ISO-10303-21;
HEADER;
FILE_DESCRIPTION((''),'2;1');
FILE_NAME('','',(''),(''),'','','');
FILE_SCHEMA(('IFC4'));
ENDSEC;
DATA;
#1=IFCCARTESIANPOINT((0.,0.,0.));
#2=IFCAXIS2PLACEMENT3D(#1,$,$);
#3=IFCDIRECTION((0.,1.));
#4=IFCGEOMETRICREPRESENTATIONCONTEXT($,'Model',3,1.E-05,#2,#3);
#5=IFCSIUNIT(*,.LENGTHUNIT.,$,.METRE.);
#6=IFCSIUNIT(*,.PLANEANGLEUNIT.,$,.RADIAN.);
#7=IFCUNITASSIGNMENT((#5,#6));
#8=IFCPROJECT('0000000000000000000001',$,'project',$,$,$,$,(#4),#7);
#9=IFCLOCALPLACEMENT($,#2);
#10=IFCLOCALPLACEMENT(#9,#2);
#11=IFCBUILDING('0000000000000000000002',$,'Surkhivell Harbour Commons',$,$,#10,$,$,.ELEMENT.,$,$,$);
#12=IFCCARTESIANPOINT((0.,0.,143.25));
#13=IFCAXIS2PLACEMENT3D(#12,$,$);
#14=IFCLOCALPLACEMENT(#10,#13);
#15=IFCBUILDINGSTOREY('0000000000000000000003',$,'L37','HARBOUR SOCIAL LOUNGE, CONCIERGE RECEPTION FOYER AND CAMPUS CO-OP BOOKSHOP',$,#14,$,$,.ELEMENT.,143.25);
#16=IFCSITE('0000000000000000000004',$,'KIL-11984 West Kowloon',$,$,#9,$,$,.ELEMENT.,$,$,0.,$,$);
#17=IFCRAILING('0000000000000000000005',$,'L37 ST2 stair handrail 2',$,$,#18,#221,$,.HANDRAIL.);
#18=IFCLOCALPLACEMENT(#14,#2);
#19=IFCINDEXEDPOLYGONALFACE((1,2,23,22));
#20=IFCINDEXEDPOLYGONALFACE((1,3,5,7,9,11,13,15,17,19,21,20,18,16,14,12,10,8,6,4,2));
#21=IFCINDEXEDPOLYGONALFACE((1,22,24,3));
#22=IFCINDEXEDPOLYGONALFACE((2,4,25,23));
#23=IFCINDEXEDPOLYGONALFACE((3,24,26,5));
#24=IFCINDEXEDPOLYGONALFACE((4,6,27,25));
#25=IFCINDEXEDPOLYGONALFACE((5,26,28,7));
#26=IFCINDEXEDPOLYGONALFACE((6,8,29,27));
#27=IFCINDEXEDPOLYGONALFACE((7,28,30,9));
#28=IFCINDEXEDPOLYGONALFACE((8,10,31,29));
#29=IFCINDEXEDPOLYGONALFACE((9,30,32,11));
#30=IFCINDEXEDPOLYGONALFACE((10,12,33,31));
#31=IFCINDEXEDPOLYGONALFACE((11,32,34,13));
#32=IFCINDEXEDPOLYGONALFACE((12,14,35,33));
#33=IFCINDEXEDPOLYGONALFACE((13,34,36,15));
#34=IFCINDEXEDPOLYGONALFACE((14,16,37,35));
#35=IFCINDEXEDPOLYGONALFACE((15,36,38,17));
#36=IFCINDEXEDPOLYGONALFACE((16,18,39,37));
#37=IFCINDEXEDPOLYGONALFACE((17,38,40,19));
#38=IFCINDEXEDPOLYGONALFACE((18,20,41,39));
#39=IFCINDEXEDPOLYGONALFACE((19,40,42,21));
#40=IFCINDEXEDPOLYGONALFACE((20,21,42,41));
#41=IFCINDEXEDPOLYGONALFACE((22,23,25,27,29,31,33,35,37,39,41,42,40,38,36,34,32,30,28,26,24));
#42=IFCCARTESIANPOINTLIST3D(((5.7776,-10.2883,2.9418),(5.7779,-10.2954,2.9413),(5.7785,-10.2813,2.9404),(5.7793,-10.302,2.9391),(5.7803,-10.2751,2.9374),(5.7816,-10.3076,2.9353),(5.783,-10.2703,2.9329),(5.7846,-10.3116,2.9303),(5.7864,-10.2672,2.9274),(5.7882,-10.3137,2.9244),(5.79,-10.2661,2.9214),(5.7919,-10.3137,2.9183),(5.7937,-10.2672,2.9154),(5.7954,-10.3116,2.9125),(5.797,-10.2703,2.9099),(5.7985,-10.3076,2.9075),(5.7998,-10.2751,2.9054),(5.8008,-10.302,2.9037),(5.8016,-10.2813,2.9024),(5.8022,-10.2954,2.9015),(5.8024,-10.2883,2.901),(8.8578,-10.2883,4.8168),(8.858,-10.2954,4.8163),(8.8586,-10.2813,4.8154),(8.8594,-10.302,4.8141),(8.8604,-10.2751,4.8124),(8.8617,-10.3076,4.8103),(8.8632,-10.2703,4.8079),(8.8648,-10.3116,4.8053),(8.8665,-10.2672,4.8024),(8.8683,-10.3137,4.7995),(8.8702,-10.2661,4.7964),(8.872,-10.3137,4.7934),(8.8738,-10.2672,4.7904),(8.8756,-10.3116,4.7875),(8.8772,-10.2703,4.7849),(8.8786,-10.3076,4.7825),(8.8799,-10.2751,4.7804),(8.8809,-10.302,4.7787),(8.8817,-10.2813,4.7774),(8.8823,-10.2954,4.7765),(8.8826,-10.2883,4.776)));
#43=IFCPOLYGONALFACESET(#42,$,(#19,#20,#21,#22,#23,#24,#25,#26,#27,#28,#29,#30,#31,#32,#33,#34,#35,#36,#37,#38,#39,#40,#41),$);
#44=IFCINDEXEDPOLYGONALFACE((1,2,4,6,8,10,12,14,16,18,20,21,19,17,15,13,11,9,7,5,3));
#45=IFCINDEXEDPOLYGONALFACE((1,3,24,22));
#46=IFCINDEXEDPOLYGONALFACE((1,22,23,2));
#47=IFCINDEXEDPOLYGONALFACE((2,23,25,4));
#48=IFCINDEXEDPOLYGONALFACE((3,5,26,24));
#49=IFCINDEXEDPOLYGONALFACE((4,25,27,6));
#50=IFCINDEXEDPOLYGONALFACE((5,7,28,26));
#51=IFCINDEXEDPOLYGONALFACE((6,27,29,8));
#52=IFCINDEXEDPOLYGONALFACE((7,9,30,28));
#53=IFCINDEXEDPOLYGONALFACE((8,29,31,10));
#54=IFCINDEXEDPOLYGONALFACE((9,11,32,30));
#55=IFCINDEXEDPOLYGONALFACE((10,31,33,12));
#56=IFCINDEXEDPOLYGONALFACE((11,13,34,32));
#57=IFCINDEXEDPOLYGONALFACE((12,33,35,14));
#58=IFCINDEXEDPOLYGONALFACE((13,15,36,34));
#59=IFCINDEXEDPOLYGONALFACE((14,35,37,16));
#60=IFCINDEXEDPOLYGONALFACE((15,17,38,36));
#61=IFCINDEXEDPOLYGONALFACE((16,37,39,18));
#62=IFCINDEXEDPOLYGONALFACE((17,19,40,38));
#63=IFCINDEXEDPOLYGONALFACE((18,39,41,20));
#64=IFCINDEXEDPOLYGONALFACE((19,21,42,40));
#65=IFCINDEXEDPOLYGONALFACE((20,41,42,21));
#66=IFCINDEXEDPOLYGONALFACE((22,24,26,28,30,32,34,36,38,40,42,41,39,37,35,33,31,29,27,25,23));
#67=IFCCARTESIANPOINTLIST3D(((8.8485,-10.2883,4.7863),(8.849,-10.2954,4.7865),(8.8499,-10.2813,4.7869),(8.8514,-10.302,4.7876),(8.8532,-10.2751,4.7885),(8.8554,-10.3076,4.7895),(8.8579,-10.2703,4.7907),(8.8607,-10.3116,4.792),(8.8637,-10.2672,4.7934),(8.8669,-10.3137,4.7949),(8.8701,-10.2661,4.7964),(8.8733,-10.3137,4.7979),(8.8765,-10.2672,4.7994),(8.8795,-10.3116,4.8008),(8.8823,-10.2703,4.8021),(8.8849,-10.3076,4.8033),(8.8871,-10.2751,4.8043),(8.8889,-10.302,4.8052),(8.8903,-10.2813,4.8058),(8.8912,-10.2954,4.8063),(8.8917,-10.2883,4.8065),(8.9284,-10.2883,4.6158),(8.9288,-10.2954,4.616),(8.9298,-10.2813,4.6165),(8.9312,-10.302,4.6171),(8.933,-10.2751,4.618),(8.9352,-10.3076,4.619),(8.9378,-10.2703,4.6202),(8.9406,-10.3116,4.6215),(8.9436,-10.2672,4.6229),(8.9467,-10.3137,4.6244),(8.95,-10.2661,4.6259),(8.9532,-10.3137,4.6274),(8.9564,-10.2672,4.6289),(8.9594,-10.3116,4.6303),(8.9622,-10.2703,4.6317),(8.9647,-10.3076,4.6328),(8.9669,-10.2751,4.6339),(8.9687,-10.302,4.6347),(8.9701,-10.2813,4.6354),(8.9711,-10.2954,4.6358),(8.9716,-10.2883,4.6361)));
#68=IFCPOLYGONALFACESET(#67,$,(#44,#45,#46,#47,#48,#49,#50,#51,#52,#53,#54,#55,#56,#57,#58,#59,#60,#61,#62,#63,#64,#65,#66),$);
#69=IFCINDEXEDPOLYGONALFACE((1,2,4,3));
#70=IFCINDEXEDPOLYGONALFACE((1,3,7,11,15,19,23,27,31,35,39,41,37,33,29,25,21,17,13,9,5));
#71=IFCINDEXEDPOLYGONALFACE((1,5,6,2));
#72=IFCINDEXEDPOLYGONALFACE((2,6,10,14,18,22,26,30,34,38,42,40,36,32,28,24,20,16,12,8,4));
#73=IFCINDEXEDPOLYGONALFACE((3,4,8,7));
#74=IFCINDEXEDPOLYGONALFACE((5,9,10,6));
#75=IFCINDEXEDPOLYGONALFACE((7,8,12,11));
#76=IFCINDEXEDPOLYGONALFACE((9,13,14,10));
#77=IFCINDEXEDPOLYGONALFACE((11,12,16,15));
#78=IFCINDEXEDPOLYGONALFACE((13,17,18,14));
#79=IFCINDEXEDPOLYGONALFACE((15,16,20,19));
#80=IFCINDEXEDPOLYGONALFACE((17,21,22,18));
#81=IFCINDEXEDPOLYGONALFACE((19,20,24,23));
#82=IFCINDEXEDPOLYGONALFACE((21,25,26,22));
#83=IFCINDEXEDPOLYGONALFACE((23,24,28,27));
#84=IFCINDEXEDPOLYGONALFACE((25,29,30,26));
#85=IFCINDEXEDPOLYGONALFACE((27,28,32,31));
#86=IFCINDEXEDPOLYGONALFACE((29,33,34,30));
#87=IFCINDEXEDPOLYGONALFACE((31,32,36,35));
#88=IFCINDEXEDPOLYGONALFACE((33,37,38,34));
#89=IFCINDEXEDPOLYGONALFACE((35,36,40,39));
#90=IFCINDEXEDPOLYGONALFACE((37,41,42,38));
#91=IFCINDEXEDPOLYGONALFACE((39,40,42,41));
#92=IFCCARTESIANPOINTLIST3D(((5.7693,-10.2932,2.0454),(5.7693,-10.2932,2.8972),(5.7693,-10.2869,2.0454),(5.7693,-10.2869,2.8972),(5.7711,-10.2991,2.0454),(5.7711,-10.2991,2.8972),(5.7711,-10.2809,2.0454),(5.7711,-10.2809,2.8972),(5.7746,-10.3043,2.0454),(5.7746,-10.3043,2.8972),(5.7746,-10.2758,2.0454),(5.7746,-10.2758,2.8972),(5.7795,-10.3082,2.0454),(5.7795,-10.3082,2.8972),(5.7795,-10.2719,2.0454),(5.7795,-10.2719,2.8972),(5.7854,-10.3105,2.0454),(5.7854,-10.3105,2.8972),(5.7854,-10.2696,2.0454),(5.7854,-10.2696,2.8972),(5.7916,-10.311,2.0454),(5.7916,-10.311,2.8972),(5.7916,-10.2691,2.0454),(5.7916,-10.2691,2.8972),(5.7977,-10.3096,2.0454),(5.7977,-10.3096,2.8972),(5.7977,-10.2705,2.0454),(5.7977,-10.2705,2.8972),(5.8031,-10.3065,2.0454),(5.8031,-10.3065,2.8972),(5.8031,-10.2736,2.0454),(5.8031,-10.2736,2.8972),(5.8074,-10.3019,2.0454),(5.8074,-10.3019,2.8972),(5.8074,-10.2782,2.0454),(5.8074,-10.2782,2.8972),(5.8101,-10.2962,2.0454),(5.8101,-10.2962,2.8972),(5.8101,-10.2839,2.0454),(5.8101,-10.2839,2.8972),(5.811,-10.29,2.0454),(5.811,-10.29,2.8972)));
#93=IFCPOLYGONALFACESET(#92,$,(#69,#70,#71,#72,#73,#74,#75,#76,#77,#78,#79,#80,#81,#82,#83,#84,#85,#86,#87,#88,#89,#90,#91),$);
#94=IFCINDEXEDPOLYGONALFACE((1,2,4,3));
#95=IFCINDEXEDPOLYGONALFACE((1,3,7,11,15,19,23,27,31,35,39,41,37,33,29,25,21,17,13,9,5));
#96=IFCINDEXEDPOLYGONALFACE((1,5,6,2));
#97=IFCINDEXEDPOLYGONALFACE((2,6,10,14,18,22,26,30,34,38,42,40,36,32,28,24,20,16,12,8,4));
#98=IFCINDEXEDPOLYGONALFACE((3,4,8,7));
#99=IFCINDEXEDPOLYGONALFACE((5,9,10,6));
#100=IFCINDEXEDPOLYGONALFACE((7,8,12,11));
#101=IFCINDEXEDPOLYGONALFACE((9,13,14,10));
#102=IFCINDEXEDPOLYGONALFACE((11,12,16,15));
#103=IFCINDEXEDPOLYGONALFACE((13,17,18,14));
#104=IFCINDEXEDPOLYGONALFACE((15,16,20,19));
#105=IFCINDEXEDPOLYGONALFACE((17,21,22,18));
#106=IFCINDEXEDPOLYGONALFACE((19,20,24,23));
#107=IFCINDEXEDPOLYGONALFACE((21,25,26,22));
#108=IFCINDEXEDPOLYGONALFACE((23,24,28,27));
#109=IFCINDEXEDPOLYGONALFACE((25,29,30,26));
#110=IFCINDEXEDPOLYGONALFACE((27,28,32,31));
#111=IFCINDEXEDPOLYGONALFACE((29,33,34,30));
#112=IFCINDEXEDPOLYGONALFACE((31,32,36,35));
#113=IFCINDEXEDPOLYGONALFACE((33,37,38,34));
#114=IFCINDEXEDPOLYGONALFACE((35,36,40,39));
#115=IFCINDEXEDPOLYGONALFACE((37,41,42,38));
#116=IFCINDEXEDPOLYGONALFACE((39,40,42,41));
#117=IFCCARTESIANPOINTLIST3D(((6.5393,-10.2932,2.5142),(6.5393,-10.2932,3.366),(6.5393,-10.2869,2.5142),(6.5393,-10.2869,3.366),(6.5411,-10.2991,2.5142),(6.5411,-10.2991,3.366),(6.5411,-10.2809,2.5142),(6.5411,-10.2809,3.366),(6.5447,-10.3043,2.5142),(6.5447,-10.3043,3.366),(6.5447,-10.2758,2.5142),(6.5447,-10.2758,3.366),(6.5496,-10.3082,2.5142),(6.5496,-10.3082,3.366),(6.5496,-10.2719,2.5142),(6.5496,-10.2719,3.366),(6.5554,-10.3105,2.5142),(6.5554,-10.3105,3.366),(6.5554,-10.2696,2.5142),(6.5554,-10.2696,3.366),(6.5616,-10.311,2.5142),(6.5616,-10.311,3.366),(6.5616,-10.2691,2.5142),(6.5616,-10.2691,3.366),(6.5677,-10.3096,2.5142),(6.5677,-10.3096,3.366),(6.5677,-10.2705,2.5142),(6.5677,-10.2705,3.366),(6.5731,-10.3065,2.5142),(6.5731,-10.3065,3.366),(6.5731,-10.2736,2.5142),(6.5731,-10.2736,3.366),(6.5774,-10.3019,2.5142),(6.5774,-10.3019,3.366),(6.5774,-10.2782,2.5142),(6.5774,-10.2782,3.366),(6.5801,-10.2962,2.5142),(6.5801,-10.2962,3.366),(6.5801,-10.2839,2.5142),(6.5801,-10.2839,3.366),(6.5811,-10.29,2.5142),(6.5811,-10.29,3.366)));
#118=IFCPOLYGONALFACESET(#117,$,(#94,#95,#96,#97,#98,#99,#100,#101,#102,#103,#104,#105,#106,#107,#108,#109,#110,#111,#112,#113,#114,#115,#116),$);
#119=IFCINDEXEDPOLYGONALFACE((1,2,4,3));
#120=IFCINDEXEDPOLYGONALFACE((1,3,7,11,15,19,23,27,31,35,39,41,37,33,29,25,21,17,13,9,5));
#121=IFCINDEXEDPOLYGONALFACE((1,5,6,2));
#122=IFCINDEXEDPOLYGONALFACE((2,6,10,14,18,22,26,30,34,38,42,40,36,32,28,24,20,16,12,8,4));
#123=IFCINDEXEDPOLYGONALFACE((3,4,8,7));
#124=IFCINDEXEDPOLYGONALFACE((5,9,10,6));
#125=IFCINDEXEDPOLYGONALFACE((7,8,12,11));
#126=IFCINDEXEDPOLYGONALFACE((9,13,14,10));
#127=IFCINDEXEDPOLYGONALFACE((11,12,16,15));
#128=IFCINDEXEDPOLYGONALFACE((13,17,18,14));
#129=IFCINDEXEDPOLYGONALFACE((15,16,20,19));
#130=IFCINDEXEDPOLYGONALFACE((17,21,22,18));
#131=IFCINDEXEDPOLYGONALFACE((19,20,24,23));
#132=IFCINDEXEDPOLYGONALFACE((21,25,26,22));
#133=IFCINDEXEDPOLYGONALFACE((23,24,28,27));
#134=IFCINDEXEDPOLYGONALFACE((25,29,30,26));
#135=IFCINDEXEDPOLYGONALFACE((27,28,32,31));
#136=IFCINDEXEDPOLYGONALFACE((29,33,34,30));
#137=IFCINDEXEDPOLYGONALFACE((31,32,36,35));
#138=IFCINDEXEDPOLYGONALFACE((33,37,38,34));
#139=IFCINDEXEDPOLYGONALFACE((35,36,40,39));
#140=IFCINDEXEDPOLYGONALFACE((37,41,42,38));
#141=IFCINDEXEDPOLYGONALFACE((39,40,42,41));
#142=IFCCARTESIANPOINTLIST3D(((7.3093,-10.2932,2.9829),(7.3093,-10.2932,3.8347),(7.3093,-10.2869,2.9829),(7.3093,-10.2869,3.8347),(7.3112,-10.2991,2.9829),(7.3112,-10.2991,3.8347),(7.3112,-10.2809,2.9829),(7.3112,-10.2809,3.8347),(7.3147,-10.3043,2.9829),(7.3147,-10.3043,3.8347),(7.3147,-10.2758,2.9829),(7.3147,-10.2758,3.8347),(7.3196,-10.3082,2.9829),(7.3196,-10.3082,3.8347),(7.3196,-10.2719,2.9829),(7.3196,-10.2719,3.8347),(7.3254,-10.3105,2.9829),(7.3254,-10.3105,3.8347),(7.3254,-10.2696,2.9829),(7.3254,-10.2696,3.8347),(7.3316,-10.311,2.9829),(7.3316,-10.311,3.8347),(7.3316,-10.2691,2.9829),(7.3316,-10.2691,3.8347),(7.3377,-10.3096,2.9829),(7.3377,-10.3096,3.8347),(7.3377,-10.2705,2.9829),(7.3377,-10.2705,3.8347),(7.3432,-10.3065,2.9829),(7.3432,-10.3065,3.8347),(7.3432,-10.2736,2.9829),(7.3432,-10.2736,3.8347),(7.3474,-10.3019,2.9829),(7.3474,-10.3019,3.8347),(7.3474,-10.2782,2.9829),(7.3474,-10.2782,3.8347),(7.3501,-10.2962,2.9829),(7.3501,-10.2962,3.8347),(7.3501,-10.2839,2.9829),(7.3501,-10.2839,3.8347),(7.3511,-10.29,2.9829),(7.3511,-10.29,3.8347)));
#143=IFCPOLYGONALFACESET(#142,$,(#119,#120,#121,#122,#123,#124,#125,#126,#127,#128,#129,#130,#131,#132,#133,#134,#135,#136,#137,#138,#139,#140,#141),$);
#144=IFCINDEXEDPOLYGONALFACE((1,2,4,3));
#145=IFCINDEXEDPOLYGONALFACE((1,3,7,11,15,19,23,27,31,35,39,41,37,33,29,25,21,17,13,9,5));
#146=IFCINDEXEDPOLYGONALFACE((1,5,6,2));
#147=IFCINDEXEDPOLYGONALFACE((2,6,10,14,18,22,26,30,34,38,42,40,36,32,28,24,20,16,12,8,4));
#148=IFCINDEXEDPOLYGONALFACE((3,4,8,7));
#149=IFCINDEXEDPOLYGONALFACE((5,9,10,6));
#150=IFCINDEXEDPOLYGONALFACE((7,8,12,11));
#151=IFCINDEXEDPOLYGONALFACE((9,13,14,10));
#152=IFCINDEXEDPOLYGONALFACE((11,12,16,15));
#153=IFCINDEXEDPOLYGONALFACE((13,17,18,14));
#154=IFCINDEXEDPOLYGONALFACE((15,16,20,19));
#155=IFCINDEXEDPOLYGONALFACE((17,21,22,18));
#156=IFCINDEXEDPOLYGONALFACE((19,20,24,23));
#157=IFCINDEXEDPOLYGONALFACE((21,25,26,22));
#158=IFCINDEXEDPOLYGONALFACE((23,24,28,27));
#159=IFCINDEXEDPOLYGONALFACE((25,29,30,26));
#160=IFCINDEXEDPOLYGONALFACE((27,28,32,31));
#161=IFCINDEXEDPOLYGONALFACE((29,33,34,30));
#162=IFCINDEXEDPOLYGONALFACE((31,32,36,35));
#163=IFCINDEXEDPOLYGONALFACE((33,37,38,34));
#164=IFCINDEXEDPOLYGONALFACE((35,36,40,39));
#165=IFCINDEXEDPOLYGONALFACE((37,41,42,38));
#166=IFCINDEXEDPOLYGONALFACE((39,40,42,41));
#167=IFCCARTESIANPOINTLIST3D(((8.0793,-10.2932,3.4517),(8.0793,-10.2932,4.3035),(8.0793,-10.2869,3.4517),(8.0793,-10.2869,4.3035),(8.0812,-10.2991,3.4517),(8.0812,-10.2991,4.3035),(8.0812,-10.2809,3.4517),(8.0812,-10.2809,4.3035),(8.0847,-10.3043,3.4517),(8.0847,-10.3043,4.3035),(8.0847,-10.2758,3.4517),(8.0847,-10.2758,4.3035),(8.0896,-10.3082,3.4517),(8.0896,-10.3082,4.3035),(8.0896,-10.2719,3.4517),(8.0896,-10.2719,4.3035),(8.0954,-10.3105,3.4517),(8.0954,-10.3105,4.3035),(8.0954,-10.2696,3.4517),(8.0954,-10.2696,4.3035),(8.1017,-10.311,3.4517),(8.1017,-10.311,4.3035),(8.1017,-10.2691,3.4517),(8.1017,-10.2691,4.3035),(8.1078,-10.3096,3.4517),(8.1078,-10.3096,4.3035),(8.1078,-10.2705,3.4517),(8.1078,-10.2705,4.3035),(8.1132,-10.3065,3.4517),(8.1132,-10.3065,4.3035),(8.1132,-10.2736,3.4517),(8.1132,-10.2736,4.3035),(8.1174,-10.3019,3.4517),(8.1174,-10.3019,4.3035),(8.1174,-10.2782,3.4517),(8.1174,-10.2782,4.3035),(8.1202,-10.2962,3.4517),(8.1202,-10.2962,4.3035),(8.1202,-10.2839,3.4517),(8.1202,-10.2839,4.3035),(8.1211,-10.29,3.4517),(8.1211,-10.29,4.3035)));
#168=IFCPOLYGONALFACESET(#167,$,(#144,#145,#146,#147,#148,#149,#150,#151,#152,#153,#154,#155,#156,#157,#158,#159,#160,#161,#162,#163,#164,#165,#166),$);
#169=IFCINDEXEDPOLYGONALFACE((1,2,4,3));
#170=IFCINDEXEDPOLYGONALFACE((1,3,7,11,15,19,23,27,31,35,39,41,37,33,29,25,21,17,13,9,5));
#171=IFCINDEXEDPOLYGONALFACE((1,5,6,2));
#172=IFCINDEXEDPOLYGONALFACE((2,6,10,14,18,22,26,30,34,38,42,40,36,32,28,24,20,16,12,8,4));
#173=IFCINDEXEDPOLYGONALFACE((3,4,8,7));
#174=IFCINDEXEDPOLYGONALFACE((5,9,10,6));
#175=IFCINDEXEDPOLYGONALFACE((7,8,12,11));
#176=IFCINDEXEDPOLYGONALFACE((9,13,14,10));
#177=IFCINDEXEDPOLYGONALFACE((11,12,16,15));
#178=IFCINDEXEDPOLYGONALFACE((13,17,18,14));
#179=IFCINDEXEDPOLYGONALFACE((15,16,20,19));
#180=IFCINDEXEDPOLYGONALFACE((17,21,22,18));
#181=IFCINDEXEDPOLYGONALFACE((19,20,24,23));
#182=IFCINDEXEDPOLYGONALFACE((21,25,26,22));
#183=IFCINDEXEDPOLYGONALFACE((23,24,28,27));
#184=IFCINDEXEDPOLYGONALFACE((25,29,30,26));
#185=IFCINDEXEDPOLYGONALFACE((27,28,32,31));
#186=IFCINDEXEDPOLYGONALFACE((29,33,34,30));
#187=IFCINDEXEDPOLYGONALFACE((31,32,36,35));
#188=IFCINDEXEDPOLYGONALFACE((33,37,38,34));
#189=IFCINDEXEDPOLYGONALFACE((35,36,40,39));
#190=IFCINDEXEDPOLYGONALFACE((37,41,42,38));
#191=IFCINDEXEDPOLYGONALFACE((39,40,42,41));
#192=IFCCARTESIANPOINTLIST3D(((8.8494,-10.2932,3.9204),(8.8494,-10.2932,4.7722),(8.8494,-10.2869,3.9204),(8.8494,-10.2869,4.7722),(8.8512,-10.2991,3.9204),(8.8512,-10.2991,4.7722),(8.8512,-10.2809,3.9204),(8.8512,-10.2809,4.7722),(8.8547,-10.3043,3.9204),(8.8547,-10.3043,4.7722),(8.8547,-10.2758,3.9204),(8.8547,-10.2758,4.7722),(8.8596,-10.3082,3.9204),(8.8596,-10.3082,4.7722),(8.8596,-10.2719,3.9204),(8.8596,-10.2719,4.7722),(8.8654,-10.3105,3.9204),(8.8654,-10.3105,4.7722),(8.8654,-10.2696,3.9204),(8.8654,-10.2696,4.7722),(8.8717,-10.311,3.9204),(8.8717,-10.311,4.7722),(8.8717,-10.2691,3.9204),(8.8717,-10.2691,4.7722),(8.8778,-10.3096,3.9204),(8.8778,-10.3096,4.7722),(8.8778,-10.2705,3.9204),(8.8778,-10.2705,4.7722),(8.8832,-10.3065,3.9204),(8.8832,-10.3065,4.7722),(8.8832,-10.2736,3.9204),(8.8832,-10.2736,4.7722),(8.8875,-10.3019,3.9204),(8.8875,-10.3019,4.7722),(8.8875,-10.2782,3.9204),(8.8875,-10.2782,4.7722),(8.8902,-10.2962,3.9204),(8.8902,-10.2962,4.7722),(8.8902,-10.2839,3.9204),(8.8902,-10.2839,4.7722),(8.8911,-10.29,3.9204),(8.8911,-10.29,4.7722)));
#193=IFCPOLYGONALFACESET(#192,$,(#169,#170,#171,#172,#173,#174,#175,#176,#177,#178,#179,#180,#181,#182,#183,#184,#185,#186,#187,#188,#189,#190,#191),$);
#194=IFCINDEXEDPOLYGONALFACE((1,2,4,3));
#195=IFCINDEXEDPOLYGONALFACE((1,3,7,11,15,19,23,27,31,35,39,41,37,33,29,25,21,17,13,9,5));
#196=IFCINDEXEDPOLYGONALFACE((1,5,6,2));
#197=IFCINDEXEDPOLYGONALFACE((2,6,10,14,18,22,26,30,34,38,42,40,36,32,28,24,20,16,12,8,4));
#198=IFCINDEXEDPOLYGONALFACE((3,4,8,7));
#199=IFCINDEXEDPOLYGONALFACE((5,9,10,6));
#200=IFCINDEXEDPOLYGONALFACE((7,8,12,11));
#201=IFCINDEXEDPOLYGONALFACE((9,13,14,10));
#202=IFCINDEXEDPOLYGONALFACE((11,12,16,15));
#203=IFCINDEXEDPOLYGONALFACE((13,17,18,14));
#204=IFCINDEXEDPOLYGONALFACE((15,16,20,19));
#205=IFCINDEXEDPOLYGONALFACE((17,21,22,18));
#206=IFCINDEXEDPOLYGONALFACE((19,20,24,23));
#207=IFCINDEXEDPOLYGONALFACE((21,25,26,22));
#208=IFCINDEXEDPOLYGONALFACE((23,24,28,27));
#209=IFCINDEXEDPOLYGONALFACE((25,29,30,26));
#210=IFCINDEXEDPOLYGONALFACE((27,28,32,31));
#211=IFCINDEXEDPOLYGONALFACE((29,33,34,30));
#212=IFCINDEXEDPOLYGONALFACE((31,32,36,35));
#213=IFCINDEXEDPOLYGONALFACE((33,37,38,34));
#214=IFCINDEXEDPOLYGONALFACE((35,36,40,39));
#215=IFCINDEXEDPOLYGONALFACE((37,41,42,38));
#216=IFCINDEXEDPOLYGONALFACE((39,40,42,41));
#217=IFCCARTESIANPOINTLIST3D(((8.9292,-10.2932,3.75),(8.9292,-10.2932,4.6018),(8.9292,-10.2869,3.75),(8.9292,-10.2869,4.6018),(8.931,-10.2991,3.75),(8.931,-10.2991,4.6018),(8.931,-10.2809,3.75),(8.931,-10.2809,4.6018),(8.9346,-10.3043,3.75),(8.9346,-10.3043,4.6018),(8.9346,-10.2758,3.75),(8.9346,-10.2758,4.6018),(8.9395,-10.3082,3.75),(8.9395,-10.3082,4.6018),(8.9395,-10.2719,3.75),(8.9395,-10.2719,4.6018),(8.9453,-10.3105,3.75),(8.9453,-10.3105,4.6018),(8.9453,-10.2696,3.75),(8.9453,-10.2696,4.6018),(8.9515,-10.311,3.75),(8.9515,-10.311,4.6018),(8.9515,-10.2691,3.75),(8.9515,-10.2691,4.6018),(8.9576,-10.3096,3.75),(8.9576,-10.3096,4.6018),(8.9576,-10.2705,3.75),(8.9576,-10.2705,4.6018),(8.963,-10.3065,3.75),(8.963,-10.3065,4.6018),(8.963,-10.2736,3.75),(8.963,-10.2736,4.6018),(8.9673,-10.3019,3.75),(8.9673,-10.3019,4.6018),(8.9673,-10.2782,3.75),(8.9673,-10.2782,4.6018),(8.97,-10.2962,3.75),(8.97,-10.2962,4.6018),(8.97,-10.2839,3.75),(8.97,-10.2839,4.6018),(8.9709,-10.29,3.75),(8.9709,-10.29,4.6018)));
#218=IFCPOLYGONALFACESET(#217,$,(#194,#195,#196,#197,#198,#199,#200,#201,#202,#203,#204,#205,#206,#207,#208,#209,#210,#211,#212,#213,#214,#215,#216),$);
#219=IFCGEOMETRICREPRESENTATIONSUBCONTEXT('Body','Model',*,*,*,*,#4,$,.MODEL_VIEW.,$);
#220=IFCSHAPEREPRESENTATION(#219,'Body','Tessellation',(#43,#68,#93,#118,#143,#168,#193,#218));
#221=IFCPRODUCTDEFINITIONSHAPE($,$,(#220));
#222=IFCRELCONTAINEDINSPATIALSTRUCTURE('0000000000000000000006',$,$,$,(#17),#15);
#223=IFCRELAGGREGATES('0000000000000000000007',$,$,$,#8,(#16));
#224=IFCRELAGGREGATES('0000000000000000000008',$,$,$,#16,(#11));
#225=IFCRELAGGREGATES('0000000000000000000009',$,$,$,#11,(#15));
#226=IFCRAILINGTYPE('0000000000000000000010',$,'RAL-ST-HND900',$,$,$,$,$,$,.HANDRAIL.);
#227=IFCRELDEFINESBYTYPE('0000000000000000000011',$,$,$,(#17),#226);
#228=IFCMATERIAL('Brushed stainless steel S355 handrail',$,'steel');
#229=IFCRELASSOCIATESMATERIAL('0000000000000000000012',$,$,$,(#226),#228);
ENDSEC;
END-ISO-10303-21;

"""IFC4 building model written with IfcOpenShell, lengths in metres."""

from ifc_helpers import new_model, si_unit, direction, frame, origin, origin_2d, place, context, subcontext, project, spatial, circle, extrude, material, type_object, element, save


model = new_model("IFC4")

# Units and contexts
model_context = context("Model", 3, precision=1e-05, world=origin(), true_north=direction((0.0, 1.0)))
body_context = subcontext(model_context, "Body", "Model", "MODEL_VIEW")
ifc_project = project(units=[si_unit("LENGTHUNIT", "METRE"), si_unit("PLANEANGLEUNIT", "RADIAN")], contexts=[model_context])

# Site, building, storey
site_placement = place(None, origin())
site = spatial("IfcSite", under=ifc_project, at=site_placement, Name="KIL-11984 West Kowloon", CompositionType="ELEMENT", RefElevation=0.0)
building_placement = place(site_placement, origin())
building = spatial("IfcBuilding", under=site, at=building_placement, Name="Surkhivell Harbour Commons", CompositionType="ELEMENT")
storey_placement = place(building_placement, frame((0.0, 0.0, 143.25)))
storey = spatial("IfcBuildingStorey", under=building, at=storey_placement, Name="L37", Description="HARBOUR SOCIAL LOUNGE, CONCIERGE RECEPTION FOYER AND CAMPUS CO-OP BOOKSHOP", CompositionType="ELEMENT", Elevation=143.25)

# Railing
ifc_material_1 = material(Name="Brushed stainless steel S355 handrail", Category="steel")
railing_type_1 = type_object("IfcRailingType", Name="RAL-ST-HND900", PredefinedType="HANDRAIL", material=ifc_material_1)
railing_1_placement = place(storey_placement, frame((5.79, -10.29, 2.0454)))
element("IfcRailing", 1, at=railing_1_placement, inside=storey, type_object=railing_type_1, Name="L37 ST2 stair handrail 2", PredefinedType="HANDRAIL", context=body_context, shape_type="SweptSolid", body=[
    extrude(circle(Radius=0.0239, at=origin_2d()), frame((0.0, 0.0, 0.876), z_axis=(0.854178, 0.0, 0.519981), x_axis=(0.0, 1.0, 0.0)), (0.0, 0.0, 1.0), 3.606),
    extrude(circle(Radius=0.0239, at=origin_2d()), frame((3.0801, 0.0, 2.751), z_axis=(0.424234, 0.0, -0.905552), x_axis=(0.0, 1.0, 0.0)), (0.0, 0.0, 1.0), 0.1882),
    extrude(circle(Radius=0.021, at=origin_2d()), origin(), (0.0, 0.0, 1.0), 0.8518),
    extrude(circle(Radius=0.021, at=origin_2d()), frame((0.77, 0.0, 0.4688)), (0.0, 0.0, 1.0), 0.8518),
    extrude(circle(Radius=0.021, at=origin_2d()), frame((1.54, 0.0, 0.9375)), (0.0, 0.0, 1.0), 0.8518),
    extrude(circle(Radius=0.021, at=origin_2d()), frame((2.3101, 0.0, 1.4062)), (0.0, 0.0, 1.0), 0.8518),
    extrude(circle(Radius=0.021, at=origin_2d()), frame((3.0801, 0.0, 1.875)), (0.0, 0.0, 1.0), 0.8518),
    extrude(circle(Radius=0.021, at=origin_2d()), frame((3.1599, 0.0, 1.7046)), (0.0, 0.0, 1.0), 0.8518),
])

save(model, "model.ifc")
